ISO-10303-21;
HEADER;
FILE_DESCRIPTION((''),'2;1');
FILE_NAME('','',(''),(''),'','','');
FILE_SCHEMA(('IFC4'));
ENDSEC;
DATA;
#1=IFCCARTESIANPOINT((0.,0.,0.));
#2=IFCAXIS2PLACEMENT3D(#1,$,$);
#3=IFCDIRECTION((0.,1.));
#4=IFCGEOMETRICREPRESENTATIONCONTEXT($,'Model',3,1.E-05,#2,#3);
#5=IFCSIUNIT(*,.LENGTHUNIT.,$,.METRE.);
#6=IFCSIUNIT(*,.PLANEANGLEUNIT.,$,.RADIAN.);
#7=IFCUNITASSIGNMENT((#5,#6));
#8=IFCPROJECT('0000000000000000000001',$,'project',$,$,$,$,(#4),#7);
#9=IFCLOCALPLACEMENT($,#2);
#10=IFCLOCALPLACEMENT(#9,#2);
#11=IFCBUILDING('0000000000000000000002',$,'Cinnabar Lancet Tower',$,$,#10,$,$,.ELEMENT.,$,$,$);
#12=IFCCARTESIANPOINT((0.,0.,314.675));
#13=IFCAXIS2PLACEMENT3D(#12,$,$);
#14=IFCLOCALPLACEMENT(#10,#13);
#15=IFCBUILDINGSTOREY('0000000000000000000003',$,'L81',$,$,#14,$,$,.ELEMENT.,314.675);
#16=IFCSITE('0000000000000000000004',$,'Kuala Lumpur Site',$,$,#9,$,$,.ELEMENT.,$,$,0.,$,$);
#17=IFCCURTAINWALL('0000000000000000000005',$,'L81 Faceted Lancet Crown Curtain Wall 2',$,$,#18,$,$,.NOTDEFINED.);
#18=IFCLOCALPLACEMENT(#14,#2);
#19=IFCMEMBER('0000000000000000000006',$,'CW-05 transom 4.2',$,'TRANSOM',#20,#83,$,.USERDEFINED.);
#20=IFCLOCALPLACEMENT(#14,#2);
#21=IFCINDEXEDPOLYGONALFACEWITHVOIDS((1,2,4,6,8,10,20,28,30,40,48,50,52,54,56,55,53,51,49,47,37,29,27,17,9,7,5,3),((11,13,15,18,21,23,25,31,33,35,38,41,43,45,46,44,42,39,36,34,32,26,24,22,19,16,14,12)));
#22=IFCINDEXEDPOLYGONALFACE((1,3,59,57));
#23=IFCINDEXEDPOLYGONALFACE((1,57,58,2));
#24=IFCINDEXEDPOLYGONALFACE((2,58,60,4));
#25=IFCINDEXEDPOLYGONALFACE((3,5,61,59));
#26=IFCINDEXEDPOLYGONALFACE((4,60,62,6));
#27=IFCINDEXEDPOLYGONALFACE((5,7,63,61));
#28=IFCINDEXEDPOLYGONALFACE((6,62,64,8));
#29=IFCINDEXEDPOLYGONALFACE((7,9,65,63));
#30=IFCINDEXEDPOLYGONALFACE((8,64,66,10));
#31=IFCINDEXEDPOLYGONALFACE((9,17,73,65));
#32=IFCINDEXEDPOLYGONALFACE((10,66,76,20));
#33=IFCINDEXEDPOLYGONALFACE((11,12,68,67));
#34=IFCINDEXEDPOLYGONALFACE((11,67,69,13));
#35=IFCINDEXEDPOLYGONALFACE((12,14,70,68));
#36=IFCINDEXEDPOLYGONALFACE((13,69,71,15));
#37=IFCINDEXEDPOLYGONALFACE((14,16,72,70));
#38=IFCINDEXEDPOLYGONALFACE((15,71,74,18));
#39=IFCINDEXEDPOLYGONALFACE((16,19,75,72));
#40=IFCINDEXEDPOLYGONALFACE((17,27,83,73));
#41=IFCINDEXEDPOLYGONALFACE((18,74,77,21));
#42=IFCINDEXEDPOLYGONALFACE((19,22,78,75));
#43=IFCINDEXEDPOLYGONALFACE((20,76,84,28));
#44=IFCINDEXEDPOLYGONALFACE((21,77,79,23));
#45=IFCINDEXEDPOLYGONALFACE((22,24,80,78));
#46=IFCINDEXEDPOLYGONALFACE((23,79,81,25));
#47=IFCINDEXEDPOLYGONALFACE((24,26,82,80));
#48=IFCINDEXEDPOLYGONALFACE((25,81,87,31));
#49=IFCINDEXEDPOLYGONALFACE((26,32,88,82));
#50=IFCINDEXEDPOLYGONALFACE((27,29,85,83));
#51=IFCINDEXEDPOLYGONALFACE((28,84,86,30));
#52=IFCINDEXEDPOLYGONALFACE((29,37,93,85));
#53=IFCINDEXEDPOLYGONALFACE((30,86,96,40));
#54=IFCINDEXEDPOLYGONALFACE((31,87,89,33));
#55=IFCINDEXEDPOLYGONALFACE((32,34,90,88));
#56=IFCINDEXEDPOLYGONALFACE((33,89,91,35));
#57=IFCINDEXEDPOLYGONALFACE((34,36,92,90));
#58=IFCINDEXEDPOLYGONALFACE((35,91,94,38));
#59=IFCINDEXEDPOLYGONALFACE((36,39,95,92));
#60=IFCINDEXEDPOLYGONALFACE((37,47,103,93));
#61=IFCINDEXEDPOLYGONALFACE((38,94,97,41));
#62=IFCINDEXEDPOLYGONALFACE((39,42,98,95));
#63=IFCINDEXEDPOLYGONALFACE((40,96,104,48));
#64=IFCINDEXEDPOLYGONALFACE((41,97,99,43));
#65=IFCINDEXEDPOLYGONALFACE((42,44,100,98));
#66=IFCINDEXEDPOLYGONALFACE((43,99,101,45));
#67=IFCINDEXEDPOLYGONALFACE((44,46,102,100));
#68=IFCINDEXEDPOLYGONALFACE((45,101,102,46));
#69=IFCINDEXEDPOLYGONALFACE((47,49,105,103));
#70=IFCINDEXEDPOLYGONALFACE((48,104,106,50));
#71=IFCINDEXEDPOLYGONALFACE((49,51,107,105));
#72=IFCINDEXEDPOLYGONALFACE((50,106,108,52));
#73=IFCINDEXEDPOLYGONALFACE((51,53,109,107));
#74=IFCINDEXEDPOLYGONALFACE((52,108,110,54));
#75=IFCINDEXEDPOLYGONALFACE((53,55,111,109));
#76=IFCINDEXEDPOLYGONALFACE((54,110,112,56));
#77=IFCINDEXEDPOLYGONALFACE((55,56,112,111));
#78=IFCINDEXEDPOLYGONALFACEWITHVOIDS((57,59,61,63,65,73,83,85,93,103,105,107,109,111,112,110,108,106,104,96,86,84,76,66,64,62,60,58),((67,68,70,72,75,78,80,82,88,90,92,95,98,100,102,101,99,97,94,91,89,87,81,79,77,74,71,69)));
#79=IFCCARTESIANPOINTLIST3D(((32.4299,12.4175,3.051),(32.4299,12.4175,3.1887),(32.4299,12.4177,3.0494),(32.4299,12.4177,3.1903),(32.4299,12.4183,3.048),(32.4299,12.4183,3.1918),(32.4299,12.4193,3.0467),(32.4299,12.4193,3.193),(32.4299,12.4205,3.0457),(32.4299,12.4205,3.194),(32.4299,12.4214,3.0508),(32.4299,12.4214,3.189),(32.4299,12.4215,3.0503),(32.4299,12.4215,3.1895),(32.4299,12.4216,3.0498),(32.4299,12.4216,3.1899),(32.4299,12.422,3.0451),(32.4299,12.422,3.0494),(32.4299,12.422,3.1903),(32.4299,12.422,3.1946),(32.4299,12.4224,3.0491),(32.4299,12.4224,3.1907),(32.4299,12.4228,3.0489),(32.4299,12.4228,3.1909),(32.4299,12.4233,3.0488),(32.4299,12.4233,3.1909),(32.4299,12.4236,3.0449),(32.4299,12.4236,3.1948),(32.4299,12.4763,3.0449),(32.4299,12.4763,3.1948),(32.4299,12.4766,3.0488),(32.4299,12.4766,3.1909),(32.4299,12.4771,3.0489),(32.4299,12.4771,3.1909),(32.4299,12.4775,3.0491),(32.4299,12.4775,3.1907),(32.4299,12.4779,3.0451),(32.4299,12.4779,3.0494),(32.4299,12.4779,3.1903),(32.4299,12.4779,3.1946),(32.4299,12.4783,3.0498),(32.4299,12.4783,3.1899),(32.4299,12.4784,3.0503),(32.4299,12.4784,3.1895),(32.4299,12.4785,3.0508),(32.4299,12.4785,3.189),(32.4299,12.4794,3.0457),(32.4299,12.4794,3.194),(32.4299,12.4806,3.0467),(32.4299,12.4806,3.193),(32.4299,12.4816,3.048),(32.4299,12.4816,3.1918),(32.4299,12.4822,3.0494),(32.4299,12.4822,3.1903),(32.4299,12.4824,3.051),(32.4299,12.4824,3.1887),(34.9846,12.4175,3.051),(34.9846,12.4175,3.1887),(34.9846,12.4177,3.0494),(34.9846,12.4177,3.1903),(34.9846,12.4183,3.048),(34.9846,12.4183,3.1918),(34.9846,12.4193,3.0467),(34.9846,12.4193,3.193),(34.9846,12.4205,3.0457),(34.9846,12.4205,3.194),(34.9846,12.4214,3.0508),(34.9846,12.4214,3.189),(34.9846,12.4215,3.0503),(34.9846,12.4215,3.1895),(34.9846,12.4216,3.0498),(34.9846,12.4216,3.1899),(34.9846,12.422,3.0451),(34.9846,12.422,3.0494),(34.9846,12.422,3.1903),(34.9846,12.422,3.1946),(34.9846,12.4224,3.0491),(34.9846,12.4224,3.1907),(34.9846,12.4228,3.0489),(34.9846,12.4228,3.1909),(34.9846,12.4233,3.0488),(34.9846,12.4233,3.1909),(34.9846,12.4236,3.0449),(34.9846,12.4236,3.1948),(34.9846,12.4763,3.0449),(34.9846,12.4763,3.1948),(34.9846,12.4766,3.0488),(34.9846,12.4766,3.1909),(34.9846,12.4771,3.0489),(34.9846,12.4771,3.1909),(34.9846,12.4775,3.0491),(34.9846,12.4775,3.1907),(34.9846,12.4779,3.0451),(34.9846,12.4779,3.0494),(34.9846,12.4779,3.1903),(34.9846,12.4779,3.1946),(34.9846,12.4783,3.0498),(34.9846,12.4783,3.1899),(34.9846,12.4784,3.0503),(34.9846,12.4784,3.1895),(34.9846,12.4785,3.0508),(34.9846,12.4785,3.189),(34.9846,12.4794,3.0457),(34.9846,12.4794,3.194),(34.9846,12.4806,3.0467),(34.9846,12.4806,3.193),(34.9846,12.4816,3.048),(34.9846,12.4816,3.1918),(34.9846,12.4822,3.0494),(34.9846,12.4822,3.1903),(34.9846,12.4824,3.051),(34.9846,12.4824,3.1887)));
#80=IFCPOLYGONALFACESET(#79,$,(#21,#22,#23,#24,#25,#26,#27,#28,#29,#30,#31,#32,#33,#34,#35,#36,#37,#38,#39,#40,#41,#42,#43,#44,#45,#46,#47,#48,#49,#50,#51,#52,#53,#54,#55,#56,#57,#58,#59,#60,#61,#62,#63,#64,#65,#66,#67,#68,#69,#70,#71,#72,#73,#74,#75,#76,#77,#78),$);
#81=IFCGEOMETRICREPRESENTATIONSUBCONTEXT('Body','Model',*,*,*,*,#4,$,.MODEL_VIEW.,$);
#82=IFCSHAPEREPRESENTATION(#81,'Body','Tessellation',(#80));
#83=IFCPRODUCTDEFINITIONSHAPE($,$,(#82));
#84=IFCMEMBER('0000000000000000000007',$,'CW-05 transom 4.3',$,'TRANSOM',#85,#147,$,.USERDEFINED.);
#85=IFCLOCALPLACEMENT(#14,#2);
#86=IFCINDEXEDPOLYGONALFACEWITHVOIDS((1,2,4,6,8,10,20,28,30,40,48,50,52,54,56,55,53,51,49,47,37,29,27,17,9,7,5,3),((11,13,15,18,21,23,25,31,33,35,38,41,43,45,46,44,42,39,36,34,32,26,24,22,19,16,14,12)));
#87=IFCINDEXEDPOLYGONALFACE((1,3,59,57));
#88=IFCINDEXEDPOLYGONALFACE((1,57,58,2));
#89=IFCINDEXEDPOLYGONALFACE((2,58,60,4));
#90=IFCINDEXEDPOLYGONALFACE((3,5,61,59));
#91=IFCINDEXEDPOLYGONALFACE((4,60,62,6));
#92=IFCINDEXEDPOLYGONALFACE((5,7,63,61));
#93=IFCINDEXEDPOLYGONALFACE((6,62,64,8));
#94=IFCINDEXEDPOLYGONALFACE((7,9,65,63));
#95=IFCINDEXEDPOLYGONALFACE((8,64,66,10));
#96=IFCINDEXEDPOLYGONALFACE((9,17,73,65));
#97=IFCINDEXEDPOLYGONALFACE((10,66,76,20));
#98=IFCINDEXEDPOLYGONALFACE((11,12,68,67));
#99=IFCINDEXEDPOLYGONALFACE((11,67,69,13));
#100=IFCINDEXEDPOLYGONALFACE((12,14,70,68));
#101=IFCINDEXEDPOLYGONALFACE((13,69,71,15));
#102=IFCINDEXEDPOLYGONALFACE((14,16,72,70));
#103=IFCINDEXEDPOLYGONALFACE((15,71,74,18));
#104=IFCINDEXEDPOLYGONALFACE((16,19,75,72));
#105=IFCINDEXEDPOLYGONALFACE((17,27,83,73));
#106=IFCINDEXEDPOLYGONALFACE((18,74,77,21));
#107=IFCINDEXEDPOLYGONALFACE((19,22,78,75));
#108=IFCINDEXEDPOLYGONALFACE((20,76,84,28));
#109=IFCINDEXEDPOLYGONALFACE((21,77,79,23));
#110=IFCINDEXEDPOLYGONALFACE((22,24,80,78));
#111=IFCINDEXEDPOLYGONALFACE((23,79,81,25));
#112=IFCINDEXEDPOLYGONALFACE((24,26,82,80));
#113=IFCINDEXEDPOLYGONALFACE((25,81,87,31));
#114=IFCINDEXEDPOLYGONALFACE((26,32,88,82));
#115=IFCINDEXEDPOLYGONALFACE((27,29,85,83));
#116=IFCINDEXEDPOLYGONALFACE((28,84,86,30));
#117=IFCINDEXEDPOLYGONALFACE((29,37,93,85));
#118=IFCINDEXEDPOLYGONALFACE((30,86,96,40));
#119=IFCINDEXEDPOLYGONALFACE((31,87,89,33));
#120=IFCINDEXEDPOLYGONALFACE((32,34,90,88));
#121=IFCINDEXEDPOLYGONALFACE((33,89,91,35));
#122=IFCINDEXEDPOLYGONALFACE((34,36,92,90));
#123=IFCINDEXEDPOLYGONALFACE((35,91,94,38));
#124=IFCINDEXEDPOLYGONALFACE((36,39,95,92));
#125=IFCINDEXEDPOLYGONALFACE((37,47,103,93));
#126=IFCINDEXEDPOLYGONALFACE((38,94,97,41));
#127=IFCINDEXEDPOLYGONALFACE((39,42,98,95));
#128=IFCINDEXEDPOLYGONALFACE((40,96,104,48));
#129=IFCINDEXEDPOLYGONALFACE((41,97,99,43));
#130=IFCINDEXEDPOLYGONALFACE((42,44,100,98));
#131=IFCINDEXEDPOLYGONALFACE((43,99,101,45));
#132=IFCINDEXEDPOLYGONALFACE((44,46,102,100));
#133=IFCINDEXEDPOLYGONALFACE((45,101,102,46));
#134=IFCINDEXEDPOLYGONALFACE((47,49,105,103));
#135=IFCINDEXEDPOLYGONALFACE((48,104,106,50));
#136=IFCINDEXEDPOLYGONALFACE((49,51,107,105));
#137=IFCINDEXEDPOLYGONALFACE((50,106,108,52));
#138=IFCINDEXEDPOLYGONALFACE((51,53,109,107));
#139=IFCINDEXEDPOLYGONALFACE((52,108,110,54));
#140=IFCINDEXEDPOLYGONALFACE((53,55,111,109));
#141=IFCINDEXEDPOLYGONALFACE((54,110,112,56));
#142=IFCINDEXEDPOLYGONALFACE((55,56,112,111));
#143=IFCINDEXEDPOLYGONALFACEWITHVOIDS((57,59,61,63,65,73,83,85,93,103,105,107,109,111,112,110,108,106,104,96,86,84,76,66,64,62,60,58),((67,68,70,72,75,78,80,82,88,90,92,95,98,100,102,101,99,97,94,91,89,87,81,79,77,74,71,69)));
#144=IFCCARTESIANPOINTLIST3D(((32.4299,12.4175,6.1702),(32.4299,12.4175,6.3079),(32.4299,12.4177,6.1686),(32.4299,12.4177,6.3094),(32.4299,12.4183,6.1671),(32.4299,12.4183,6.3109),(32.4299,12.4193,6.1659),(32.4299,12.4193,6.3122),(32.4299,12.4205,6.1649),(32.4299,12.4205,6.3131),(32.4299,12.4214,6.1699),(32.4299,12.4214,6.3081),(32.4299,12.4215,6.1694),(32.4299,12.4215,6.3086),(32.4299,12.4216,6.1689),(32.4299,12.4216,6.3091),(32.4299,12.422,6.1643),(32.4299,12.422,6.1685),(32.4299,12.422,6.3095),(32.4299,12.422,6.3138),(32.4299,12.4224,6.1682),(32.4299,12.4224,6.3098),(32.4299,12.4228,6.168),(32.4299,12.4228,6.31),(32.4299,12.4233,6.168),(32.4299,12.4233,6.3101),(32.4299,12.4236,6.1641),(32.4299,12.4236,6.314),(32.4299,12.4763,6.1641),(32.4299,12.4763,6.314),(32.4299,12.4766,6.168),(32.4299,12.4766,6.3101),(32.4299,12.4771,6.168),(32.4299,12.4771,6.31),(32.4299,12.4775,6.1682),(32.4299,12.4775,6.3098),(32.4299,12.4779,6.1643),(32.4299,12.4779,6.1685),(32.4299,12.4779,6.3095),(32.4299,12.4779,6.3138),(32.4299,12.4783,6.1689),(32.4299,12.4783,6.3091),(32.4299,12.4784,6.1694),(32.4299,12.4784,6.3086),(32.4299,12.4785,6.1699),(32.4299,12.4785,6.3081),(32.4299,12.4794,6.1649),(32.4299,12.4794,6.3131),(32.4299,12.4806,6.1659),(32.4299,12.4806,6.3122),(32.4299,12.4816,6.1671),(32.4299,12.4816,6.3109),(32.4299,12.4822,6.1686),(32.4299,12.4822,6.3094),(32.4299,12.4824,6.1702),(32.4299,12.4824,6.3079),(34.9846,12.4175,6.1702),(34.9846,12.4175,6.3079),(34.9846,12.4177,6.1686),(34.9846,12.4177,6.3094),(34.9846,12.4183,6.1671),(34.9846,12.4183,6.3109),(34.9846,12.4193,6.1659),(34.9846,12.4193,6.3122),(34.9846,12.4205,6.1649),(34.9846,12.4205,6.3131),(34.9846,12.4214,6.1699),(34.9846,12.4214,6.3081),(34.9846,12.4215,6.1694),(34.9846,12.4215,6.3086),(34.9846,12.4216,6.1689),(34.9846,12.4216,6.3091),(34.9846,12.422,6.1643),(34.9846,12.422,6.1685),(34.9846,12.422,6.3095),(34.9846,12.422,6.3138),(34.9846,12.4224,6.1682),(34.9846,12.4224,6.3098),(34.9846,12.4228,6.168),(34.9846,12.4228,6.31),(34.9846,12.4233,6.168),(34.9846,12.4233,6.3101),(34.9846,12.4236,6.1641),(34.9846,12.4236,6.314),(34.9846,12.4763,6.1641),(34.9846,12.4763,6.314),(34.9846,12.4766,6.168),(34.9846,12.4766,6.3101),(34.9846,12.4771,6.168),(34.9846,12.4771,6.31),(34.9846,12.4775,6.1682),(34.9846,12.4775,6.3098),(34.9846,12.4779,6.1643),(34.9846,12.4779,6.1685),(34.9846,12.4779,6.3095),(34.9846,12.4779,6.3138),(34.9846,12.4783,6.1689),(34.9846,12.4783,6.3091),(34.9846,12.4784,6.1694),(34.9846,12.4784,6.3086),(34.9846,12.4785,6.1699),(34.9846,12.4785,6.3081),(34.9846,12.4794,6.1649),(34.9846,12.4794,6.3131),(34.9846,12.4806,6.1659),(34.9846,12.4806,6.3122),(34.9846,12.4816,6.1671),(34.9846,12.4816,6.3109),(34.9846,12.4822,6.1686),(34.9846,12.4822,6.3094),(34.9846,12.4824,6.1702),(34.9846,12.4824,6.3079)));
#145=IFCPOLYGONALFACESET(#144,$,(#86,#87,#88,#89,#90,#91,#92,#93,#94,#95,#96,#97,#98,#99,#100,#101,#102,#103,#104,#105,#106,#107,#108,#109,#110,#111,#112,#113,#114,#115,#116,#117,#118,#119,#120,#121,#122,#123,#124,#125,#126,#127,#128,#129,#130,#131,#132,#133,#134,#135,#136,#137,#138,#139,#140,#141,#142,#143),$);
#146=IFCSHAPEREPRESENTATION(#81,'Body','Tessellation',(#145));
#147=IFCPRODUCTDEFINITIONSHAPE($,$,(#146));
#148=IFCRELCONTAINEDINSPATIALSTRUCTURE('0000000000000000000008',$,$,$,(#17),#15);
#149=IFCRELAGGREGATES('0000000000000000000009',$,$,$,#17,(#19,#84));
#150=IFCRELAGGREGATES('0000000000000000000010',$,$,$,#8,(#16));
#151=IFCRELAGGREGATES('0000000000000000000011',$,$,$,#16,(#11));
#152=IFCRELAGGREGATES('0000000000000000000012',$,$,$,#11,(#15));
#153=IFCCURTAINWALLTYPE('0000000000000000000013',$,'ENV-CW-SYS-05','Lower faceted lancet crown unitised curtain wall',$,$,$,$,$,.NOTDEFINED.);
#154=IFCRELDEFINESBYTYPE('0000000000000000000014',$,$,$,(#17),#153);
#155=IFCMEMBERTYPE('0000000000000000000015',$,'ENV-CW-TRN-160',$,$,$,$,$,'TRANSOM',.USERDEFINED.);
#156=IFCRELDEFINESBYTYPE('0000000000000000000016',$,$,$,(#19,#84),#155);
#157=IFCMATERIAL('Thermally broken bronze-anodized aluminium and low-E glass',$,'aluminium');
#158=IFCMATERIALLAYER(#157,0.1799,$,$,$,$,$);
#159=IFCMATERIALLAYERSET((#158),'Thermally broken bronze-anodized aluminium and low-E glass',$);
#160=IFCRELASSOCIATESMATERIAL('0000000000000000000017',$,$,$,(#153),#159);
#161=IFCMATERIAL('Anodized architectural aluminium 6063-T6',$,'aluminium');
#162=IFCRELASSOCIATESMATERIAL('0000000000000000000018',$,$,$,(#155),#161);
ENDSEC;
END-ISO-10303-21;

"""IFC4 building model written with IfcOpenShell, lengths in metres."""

from ifc_helpers import new_model, si_unit, direction, frame, origin, origin_2d, place, context, subcontext, project, spatial, hollow_rectangle, extrude, material, layer, layer_set, material_profile, profile_set, type_object, element, aggregate, save


model = new_model("IFC4")

# Units and contexts
model_context = context("Model", 3, precision=1e-05, world=origin(), true_north=direction((0.0, 1.0)))
body_context = subcontext(model_context, "Body", "Model", "MODEL_VIEW")
ifc_project = project(units=[si_unit("LENGTHUNIT", "METRE"), si_unit("PLANEANGLEUNIT", "RADIAN")], contexts=[model_context])

# Site, building, storey
site_placement = place(None, origin())
site = spatial("IfcSite", under=ifc_project, at=site_placement, Name="Kuala Lumpur Site", CompositionType="ELEMENT", RefElevation=0.0)
building_placement = place(site_placement, origin())
building = spatial("IfcBuilding", under=site, at=building_placement, Name="Cinnabar Lancet Tower", CompositionType="ELEMENT")
storey_placement = place(building_placement, frame((0.0, 0.0, 314.675)))
storey = spatial("IfcBuildingStorey", under=building, at=storey_placement, Name="L81", CompositionType="ELEMENT", Elevation=314.675)

# Curtain wall
ifc_material_1 = material(Name="Thermally broken bronze-anodized aluminium and low-E glass", Category="aluminium")
ifc_layer_1 = layer(ifc_material_1, 0.1799)
ifc_layer_set_1 = layer_set([ifc_layer_1], Name="Thermally broken bronze-anodized aluminium and low-E glass")
curtain_wall_type = type_object("IfcCurtainWallType", Name="ENV-CW-SYS-05", Description="Lower faceted lancet crown unitised curtain wall", PredefinedType="NOTDEFINED", material=ifc_layer_set_1)
curtain_wall_1_placement = place(storey_placement, origin())
curtain_wall_1 = element("IfcCurtainWall", 1, at=curtain_wall_1_placement, inside=storey, type_object=curtain_wall_type, Name="L81 Faceted Lancet Crown Curtain Wall 2", PredefinedType="NOTDEFINED")

# Members
ifc_material_2 = material(Name="Anodized architectural aluminium 6063-T6", Category="aluminium")
ifc_material_profile_1 = material_profile(ifc_material_2, hollow_rectangle(XDim=0.0649, YDim=0.1499, WallThickness=0.0039, InnerFilletRadius=0.002, OuterFilletRadius=0.0061, at=origin_2d()), Name="CW-TRN 150x65x4")
ifc_profile_set_1 = profile_set([ifc_material_profile_1], Name="Anodized architectural aluminium 6063-T6")
member_type_1 = type_object("IfcMemberType", Name="ENV-CW-TRN-160", ElementType="TRANSOM", PredefinedType="USERDEFINED", material=ifc_profile_set_1)
member_1_placement = place(storey_placement, frame((32.4299, 12.45, 3.1199), z_axis=(1.0, 0.0, 0.0), x_axis=(0.0, 1.0, 0.0)))
member_1 = element("IfcMember", 2, at=member_1_placement, type_object=member_type_1, Name="CW-05 transom 4.2", ObjectType="TRANSOM", PredefinedType="USERDEFINED", context=body_context, shape_type="SweptSolid", body=[
    extrude(hollow_rectangle(XDim=0.0649, YDim=0.1499, WallThickness=0.0039, InnerFilletRadius=0.002, OuterFilletRadius=0.0061, at=origin_2d()), origin(), (0.0, 0.0, 1.0), 2.5547),
])
member_2_placement = place(storey_placement, frame((32.4299, 12.45, 6.239), z_axis=(1.0, 0.0, 0.0), x_axis=(0.0, 1.0, 0.0)))
member_2 = element("IfcMember", 3, at=member_2_placement, type_object=member_type_1, Name="CW-05 transom 4.3", ObjectType="TRANSOM", PredefinedType="USERDEFINED", context=body_context, shape_type="SweptSolid", body=[
    extrude(hollow_rectangle(XDim=0.0649, YDim=0.1499, WallThickness=0.0039, InnerFilletRadius=0.002, OuterFilletRadius=0.0061, at=origin_2d()), origin(), (0.0, 0.0, 1.0), 2.5547),
])

aggregate(curtain_wall_1, [member_1, member_2])

save(model, "model.ifc")
